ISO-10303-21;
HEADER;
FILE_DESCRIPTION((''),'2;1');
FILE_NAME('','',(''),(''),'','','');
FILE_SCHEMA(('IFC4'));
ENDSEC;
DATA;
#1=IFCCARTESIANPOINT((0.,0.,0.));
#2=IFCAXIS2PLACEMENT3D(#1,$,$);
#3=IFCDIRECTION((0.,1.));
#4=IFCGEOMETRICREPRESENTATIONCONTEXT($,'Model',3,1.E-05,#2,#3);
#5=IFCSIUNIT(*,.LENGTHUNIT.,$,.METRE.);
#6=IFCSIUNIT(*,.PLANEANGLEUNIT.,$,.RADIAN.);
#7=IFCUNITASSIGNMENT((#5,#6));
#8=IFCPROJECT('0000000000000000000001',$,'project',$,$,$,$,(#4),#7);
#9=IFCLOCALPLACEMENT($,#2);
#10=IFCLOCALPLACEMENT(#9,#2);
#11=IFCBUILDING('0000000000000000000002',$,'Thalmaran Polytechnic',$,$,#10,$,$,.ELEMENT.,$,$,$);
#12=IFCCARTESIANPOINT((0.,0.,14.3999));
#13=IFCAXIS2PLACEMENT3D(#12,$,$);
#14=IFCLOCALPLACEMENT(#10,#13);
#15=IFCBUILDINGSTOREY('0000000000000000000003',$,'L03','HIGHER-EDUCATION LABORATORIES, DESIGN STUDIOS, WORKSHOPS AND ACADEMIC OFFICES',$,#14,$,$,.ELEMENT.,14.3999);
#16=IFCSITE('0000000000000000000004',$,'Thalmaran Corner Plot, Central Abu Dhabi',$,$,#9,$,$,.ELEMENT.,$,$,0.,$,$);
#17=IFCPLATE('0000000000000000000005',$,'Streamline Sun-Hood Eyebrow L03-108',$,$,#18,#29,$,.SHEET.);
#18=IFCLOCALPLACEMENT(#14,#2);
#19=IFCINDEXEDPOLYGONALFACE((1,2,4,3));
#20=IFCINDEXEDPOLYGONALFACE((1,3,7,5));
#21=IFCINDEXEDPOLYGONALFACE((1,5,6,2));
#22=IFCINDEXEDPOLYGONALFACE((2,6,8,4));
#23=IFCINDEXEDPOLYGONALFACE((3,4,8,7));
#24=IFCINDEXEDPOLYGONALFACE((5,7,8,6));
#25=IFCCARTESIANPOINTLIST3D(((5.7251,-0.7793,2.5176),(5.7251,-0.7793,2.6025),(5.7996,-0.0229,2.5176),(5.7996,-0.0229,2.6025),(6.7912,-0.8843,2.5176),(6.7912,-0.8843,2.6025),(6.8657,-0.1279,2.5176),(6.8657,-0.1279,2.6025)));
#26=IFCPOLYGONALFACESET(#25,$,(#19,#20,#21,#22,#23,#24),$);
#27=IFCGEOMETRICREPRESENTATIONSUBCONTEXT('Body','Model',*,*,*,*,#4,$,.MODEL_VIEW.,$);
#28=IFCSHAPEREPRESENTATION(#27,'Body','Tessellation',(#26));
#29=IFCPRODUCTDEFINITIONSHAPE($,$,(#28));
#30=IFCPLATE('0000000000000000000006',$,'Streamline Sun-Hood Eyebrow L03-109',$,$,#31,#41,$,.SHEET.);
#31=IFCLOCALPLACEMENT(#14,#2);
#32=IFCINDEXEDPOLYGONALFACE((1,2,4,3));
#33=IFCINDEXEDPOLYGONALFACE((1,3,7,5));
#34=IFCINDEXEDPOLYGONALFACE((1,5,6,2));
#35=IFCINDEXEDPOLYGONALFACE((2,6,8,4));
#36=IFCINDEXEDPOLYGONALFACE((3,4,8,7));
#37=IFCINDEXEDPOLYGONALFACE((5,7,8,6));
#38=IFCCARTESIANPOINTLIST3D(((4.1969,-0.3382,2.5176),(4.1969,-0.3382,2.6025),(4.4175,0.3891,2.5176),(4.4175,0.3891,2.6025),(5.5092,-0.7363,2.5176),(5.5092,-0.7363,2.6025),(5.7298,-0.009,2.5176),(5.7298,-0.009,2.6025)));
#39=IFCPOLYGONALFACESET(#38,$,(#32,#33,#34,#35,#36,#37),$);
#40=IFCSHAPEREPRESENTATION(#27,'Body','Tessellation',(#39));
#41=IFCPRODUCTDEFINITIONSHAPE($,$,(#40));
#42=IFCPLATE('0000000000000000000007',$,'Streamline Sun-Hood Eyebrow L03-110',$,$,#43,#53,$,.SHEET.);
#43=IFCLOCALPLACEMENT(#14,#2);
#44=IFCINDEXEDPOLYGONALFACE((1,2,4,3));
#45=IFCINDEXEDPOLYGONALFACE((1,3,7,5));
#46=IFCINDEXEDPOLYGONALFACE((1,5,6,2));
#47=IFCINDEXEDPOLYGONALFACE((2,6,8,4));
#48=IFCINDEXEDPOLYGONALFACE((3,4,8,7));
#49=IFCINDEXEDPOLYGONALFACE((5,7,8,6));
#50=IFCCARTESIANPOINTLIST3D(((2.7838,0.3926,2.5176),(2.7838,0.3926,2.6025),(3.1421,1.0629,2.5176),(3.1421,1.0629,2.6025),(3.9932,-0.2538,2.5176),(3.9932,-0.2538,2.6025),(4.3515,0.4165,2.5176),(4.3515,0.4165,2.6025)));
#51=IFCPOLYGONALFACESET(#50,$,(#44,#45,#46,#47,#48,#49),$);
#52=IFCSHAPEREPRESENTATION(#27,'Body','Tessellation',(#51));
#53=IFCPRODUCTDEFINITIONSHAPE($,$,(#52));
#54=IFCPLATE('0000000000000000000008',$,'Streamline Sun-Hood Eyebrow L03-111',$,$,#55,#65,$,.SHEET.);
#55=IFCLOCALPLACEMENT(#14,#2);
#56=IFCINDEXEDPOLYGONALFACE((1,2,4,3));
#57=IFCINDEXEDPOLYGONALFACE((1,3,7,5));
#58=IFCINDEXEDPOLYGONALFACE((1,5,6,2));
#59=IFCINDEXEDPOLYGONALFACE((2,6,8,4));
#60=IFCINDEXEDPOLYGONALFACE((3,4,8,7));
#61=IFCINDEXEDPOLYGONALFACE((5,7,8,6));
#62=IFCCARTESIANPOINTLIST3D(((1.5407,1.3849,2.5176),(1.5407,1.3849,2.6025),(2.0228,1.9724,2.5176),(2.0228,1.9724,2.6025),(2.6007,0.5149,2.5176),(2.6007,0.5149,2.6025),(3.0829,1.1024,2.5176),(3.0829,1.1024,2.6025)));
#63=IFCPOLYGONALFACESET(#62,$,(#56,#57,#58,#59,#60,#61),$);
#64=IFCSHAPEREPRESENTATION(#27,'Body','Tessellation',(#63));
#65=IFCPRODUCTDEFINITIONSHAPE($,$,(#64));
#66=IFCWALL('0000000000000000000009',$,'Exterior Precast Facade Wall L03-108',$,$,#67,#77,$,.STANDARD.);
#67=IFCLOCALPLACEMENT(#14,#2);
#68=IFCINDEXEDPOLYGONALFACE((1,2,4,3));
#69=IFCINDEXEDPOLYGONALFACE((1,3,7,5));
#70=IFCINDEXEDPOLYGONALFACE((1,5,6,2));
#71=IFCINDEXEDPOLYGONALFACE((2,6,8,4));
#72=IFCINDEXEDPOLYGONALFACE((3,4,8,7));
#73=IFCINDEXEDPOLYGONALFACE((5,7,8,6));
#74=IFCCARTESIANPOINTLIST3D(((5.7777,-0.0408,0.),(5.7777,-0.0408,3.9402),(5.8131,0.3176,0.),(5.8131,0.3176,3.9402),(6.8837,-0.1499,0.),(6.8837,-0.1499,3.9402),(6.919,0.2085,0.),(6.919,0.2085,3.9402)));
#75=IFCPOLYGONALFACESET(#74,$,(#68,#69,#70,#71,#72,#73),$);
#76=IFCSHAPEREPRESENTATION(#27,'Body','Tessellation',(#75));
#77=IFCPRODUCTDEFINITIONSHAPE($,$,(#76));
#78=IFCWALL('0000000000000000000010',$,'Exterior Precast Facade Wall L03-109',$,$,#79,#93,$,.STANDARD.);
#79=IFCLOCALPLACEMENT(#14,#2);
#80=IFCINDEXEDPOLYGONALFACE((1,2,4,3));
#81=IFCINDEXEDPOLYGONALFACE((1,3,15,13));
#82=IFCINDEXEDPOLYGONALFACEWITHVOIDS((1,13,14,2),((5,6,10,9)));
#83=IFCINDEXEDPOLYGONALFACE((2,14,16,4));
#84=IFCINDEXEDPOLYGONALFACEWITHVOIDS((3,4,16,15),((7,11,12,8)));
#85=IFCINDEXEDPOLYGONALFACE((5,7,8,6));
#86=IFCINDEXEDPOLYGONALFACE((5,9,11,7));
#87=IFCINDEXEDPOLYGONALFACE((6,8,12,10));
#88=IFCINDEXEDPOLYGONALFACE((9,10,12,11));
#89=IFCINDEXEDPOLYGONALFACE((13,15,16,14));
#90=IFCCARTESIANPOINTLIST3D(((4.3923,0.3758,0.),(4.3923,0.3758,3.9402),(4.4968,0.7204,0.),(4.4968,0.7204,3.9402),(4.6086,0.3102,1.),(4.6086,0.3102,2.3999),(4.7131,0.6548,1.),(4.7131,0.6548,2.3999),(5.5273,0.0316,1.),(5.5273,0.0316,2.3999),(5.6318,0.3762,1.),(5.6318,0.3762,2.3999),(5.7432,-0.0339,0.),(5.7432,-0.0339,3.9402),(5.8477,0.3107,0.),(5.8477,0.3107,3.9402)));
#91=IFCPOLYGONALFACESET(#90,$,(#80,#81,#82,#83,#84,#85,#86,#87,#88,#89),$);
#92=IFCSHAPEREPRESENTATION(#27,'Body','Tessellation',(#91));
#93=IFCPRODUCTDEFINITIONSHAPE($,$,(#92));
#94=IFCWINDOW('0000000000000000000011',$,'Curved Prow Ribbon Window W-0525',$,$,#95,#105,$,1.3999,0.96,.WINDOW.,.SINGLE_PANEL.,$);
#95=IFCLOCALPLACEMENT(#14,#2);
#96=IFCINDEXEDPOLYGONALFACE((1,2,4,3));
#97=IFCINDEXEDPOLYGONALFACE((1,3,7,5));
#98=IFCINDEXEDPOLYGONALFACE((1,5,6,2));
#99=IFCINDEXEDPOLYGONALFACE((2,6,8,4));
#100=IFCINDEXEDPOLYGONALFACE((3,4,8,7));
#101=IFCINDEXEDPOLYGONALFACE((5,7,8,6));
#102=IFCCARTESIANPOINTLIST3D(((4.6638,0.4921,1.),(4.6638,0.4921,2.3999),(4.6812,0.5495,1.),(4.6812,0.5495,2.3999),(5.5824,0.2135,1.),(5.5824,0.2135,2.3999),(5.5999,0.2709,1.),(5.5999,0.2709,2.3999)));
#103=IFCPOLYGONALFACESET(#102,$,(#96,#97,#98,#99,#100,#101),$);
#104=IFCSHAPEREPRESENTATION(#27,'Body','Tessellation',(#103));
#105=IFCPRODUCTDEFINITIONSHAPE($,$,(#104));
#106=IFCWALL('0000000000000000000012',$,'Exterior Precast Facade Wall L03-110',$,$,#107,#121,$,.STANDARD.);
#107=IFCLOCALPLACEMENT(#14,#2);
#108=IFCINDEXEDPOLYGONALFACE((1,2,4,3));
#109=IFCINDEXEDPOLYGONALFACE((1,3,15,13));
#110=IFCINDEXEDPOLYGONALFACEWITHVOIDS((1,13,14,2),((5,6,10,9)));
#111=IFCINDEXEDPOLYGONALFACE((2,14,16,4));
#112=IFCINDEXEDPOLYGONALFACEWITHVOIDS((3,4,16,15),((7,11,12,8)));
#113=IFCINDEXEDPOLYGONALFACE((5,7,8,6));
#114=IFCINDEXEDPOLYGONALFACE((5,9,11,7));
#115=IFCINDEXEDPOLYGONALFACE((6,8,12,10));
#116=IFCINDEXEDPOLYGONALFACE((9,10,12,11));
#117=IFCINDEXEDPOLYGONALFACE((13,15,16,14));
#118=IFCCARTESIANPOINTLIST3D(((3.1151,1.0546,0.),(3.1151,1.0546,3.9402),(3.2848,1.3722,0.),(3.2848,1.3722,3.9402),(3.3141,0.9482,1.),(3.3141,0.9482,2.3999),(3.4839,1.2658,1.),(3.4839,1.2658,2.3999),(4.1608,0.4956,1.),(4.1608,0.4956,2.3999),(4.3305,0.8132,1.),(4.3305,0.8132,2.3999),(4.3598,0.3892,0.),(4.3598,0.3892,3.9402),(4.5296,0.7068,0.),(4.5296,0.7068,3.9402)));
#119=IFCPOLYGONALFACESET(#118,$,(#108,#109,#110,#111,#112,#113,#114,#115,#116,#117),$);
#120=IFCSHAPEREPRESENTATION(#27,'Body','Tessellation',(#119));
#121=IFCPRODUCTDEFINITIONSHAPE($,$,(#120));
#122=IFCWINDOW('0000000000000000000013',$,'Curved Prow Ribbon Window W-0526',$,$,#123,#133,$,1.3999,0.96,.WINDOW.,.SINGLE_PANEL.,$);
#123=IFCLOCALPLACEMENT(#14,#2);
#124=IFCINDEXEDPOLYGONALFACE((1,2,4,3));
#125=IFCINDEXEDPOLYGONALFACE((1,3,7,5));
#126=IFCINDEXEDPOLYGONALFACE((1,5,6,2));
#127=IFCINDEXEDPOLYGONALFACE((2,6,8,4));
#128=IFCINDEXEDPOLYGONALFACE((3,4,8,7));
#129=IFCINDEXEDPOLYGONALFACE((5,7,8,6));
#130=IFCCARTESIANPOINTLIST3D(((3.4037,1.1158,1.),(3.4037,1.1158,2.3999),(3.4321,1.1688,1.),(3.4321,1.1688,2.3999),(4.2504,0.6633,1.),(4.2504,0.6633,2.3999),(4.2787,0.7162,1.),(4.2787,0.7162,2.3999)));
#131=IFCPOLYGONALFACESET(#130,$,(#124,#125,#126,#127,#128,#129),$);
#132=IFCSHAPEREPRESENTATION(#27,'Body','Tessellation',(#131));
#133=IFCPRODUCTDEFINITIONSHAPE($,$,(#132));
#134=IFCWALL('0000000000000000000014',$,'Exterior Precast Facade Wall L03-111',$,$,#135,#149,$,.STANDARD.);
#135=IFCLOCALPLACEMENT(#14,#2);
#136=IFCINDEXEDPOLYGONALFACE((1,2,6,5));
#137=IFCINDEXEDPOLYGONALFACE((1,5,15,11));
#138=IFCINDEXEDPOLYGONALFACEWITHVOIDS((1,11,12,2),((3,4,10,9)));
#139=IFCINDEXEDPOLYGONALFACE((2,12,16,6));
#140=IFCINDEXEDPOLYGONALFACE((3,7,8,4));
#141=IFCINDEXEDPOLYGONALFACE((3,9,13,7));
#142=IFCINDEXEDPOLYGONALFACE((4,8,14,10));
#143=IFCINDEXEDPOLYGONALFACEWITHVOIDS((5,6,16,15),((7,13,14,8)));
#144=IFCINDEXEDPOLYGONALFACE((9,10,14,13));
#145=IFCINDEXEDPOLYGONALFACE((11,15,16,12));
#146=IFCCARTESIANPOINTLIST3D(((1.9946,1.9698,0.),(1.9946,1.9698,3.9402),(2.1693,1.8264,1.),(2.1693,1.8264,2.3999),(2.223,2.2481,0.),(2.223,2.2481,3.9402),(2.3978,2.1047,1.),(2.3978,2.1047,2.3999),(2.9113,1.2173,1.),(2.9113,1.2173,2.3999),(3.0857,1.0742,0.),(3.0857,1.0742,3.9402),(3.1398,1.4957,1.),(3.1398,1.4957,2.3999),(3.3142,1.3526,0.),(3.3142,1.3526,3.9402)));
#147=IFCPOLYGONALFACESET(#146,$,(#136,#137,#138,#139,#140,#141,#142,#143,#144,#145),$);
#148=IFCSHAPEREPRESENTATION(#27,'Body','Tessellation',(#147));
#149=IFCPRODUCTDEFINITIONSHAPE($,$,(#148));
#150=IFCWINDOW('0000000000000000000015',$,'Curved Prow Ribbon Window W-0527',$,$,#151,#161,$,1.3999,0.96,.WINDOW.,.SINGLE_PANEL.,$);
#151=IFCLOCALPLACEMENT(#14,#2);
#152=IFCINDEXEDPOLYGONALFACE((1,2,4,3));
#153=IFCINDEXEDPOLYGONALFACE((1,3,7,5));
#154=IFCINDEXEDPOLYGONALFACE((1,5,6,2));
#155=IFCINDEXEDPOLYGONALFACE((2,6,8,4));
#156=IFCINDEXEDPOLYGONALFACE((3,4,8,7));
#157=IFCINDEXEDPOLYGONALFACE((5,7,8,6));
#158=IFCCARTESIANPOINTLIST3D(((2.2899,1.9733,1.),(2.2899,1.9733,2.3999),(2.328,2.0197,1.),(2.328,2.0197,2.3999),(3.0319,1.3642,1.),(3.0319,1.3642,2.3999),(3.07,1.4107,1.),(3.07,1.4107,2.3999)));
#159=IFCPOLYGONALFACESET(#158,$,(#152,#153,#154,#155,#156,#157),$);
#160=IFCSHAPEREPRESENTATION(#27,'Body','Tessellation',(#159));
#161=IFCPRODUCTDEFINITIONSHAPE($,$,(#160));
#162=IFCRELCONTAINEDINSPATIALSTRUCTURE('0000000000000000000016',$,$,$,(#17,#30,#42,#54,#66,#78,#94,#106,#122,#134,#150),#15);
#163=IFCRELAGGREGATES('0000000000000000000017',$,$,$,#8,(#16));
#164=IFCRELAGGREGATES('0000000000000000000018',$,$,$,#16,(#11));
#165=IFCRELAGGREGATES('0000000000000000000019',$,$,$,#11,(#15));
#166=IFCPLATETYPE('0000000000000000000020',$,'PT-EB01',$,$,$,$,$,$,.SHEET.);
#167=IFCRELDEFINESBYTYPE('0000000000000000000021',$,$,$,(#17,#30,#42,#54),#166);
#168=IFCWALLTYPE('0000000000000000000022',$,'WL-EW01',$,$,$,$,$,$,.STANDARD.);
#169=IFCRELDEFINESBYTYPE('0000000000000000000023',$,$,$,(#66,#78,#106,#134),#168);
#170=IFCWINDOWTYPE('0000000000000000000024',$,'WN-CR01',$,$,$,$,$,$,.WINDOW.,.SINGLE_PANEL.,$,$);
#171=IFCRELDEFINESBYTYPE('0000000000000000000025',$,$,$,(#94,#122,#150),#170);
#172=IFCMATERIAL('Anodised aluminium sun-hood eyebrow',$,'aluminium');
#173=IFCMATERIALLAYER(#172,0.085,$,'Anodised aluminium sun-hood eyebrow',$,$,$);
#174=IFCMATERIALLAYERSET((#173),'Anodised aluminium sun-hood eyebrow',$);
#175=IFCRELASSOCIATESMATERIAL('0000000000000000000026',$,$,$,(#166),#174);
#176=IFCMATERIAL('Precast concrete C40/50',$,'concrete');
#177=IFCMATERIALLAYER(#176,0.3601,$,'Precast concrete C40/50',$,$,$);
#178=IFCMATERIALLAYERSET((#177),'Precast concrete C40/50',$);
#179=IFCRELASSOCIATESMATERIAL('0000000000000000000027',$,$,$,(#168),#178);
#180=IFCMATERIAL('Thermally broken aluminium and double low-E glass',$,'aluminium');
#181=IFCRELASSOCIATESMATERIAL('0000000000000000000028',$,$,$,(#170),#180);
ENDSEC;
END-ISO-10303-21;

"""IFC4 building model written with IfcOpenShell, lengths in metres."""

from ifc_helpers import new_model, si_unit, direction, frame, frame_2d, origin, origin_2d, place, context, subcontext, project, spatial, rectangle, extrude, material, layer, layer_set, type_object, element, fill, save


model = new_model("IFC4")

# Units and contexts
model_context = context("Model", 3, precision=1e-05, world=origin(), true_north=direction((0.0, 1.0)))
body_context = subcontext(model_context, "Body", "Model", "MODEL_VIEW")
ifc_project = project(units=[si_unit("LENGTHUNIT", "METRE"), si_unit("PLANEANGLEUNIT", "RADIAN")], contexts=[model_context])

# Site, building, storey
site_placement = place(None, origin())
site = spatial("IfcSite", under=ifc_project, at=site_placement, Name="Thalmaran Corner Plot, Central Abu Dhabi", CompositionType="ELEMENT", RefElevation=0.0)
building_placement = place(site_placement, origin())
building = spatial("IfcBuilding", under=site, at=building_placement, Name="Thalmaran Polytechnic", CompositionType="ELEMENT")
storey_placement = place(building_placement, frame((0.0, 0.0, 14.3999)))
storey = spatial("IfcBuildingStorey", under=building, at=storey_placement, Name="L03", Description="HIGHER-EDUCATION LABORATORIES, DESIGN STUDIOS, WORKSHOPS AND ACADEMIC OFFICES", CompositionType="ELEMENT", Elevation=14.3999)

# Plates
ifc_material_1 = material(Name="Anodised aluminium sun-hood eyebrow", Category="aluminium")
ifc_layer_1 = layer(ifc_material_1, 0.085, Name="Anodised aluminium sun-hood eyebrow")
ifc_layer_set_1 = layer_set([ifc_layer_1], Name="Anodised aluminium sun-hood eyebrow")
plate_type_1 = type_object("IfcPlateType", Name="PT-EB01", PredefinedType="SHEET", material=ifc_layer_set_1)
plate_1_placement = place(storey_placement, frame((6.2954, -0.4536, 2.5176), z_axis=(0.0, 0.0, 1.0), x_axis=(-0.995185, 0.098017, 0.0)))
element("IfcPlate", 1, at=plate_1_placement, inside=storey, type_object=plate_type_1, Name="Streamline Sun-Hood Eyebrow L03-108", PredefinedType="SHEET", context=body_context, shape_type="SweptSolid", body=[
    extrude(rectangle(XDim=1.0713, YDim=0.76, at=origin_2d()), origin(), (0.0, 0.0, 1.0), 0.085),
])
for number, where, z_axis, x_axis, name in (
    (2, (4.9634, -0.1736, 2.5176), (0.0, 0.0, 1.0), (-0.95694, 0.290285, 0.0), "Streamline Sun-Hood Eyebrow L03-109"),
    (3, (3.5676, 0.4045, 2.5176), (0.0, 0.0, 1.0), (-0.881921, 0.471397, 0.0), "Streamline Sun-Hood Eyebrow L03-110"),
    (4, (2.3118, 1.2437, 2.5176), (0.0, 0.0, 1.0), (-0.77301, 0.634393, 0.0), "Streamline Sun-Hood Eyebrow L03-111"),
):
    element("IfcPlate", number, at=place(storey_placement, frame(where, z_axis=z_axis, x_axis=x_axis)), inside=storey, type_object=plate_type_1, Name=name, PredefinedType="SHEET", context=body_context, shape_type="SweptSolid", body=[
        extrude(rectangle(XDim=1.3713, YDim=0.76, at=origin_2d()), origin(), (0.0, 0.0, 1.0), 0.085),
    ])

# Wall
ifc_material_2 = material(Name="Precast concrete C40/50", Category="concrete")
ifc_layer_2 = layer(ifc_material_2, 0.3601, Name="Precast concrete C40/50")
ifc_layer_set_2 = layer_set([ifc_layer_2], Name="Precast concrete C40/50")
wall_type = type_object("IfcWallType", Name="WL-EW01", PredefinedType="STANDARD", material=ifc_layer_set_2)
wall_1_placement = place(storey_placement, frame((6.9014, 0.0293, 0.0), z_axis=(0.0, 0.0, 1.0), x_axis=(-0.995167, 0.098199, 0.0)))
element("IfcWall", 5, at=wall_1_placement, inside=storey, type_object=wall_type, Name="Exterior Precast Facade Wall L03-108", PredefinedType="STANDARD", context=body_context, shape_type="SweptSolid", body=[
    extrude(rectangle(XDim=1.1113, YDim=0.3601, at=frame_2d((0.5557, 0.0))), origin(), (0.0, 0.0, 1.0), 3.9402),
])

# Walls, openings, windows
wall_2_placement = place(storey_placement, frame((5.7954, 0.1384, 0.0), z_axis=(0.0, 0.0, 1.0), x_axis=(-0.95696, 0.290219, 0.0)))
wall_2 = element("IfcWall", 6, at=wall_2_placement, inside=storey, type_object=wall_type, Name="Exterior Precast Facade Wall L03-109", PredefinedType="STANDARD", context=body_context, shape_type="SweptSolid", body=[
    extrude(rectangle(XDim=1.4116, YDim=0.3601, at=frame_2d((0.7058, 0.0))), origin(), (0.0, 0.0, 1.0), 3.9402),
])
opening_1_placement = place(wall_2_placement, frame((0.2256, 0.0, 1.0)))
opening_1 = element("IfcOpeningElement", 7, at=opening_1_placement, cuts=wall_2, PredefinedType="OPENING", context=body_context, shape_type="SweptSolid", body=[
    extrude(rectangle(XDim=0.96, YDim=1.3999, at=frame_2d((0.48, 0.7))), frame((0.0, 0.1899, 0.0), z_axis=(0.0, -1.0, 0.0), x_axis=(1.0, 0.0, 0.0)), (0.0, 0.0, 1.0), 0.3801),
])
ifc_material_3 = material(Name="Thermally broken aluminium and double low-E glass", Category="aluminium")
window_type = type_object("IfcWindowType", Name="WN-CR01", PartitioningType="SINGLE_PANEL", PredefinedType="WINDOW", material=ifc_material_3)
window_1_placement = place(opening_1_placement, origin())
window_1 = element("IfcWindow", 8, at=window_1_placement, inside=storey, type_object=window_type, Name="Curved Prow Ribbon Window W-0525", OverallHeight=1.3999, OverallWidth=0.96, PartitioningType="SINGLE_PANEL", PredefinedType="WINDOW", context=body_context, shape_type="SweptSolid", body=[
    extrude(rectangle(XDim=0.96, YDim=1.3999, at=frame_2d((0.48, 0.7))), frame((0.0, -0.01, 0.0), z_axis=(0.0, -1.0, 0.0), x_axis=(1.0, 0.0, 0.0)), (0.0, 0.0, 1.0), 0.0601),
])
fill(opening_1, window_1)
wall_3_placement = place(storey_placement, frame((4.4446, 0.5481, 0.0), z_axis=(0.0, 0.0, 1.0), x_axis=(-0.881917, 0.471405, 0.0)))
wall_3 = element("IfcWall", 9, at=wall_3_placement, inside=storey, type_object=wall_type, Name="Exterior Precast Facade Wall L03-110", PredefinedType="STANDARD", context=body_context, shape_type="SweptSolid", body=[
    extrude(rectangle(XDim=1.4114, YDim=0.3601, at=frame_2d((0.7056, 0.0))), origin(), (0.0, 0.0, 1.0), 3.9402),
])
opening_2_placement = place(wall_3_placement, frame((0.2256, 0.0, 1.0)))
opening_2 = element("IfcOpeningElement", 10, at=opening_2_placement, cuts=wall_3, PredefinedType="OPENING", context=body_context, shape_type="SweptSolid", body=[
    extrude(rectangle(XDim=0.96, YDim=1.3999, at=frame_2d((0.48, 0.7))), frame((0.0, 0.1899, 0.0), z_axis=(0.0, -1.0, 0.0), x_axis=(1.0, 0.0, 0.0)), (0.0, 0.0, 1.0), 0.3801),
])
window_2_placement = place(opening_2_placement, origin())
window_2 = element("IfcWindow", 11, at=window_2_placement, inside=storey, type_object=window_type, Name="Curved Prow Ribbon Window W-0526", OverallHeight=1.3999, OverallWidth=0.96, PartitioningType="SINGLE_PANEL", PredefinedType="WINDOW", context=body_context, shape_type="SweptSolid", body=[
    extrude(rectangle(XDim=0.96, YDim=1.3999, at=frame_2d((0.48, 0.7))), frame((0.0, -0.01, 0.0), z_axis=(0.0, -1.0, 0.0), x_axis=(1.0, 0.0, 0.0)), (0.0, 0.0, 1.0), 0.0601),
])
fill(opening_2, window_2)
wall_4_placement = place(storey_placement, frame((3.2, 1.2134, 0.0), z_axis=(0.0, 0.0, 1.0), x_axis=(-0.772978, 0.634433, 0.0)))
wall_4 = element("IfcWall", 12, at=wall_4_placement, inside=storey, type_object=wall_type, Name="Exterior Precast Facade Wall L03-111", PredefinedType="STANDARD", context=body_context, shape_type="SweptSolid", body=[
    extrude(rectangle(XDim=1.4116, YDim=0.3601, at=frame_2d((0.7058, 0.0))), origin(), (0.0, 0.0, 1.0), 3.9402),
])
opening_3_placement = place(wall_4_placement, frame((0.2256, 0.0, 1.0)))
opening_3 = element("IfcOpeningElement", 13, at=opening_3_placement, cuts=wall_4, PredefinedType="OPENING", context=body_context, shape_type="SweptSolid", body=[
    extrude(rectangle(XDim=0.96, YDim=1.3999, at=frame_2d((0.48, 0.7))), frame((0.0, 0.1899, 0.0), z_axis=(0.0, -1.0, 0.0), x_axis=(1.0, 0.0, 0.0)), (0.0, 0.0, 1.0), 0.3801),
])
window_3_placement = place(opening_3_placement, origin())
window_3 = element("IfcWindow", 14, at=window_3_placement, inside=storey, type_object=window_type, Name="Curved Prow Ribbon Window W-0527", OverallHeight=1.3999, OverallWidth=0.96, PartitioningType="SINGLE_PANEL", PredefinedType="WINDOW", context=body_context, shape_type="SweptSolid", body=[
    extrude(rectangle(XDim=0.96, YDim=1.3999, at=frame_2d((0.48, 0.7))), frame((0.0, -0.01, 0.0), z_axis=(0.0, -1.0, 0.0), x_axis=(1.0, 0.0, 0.0)), (0.0, 0.0, 1.0), 0.0601),
])
fill(opening_3, window_3)

save(model, "model.ifc")
